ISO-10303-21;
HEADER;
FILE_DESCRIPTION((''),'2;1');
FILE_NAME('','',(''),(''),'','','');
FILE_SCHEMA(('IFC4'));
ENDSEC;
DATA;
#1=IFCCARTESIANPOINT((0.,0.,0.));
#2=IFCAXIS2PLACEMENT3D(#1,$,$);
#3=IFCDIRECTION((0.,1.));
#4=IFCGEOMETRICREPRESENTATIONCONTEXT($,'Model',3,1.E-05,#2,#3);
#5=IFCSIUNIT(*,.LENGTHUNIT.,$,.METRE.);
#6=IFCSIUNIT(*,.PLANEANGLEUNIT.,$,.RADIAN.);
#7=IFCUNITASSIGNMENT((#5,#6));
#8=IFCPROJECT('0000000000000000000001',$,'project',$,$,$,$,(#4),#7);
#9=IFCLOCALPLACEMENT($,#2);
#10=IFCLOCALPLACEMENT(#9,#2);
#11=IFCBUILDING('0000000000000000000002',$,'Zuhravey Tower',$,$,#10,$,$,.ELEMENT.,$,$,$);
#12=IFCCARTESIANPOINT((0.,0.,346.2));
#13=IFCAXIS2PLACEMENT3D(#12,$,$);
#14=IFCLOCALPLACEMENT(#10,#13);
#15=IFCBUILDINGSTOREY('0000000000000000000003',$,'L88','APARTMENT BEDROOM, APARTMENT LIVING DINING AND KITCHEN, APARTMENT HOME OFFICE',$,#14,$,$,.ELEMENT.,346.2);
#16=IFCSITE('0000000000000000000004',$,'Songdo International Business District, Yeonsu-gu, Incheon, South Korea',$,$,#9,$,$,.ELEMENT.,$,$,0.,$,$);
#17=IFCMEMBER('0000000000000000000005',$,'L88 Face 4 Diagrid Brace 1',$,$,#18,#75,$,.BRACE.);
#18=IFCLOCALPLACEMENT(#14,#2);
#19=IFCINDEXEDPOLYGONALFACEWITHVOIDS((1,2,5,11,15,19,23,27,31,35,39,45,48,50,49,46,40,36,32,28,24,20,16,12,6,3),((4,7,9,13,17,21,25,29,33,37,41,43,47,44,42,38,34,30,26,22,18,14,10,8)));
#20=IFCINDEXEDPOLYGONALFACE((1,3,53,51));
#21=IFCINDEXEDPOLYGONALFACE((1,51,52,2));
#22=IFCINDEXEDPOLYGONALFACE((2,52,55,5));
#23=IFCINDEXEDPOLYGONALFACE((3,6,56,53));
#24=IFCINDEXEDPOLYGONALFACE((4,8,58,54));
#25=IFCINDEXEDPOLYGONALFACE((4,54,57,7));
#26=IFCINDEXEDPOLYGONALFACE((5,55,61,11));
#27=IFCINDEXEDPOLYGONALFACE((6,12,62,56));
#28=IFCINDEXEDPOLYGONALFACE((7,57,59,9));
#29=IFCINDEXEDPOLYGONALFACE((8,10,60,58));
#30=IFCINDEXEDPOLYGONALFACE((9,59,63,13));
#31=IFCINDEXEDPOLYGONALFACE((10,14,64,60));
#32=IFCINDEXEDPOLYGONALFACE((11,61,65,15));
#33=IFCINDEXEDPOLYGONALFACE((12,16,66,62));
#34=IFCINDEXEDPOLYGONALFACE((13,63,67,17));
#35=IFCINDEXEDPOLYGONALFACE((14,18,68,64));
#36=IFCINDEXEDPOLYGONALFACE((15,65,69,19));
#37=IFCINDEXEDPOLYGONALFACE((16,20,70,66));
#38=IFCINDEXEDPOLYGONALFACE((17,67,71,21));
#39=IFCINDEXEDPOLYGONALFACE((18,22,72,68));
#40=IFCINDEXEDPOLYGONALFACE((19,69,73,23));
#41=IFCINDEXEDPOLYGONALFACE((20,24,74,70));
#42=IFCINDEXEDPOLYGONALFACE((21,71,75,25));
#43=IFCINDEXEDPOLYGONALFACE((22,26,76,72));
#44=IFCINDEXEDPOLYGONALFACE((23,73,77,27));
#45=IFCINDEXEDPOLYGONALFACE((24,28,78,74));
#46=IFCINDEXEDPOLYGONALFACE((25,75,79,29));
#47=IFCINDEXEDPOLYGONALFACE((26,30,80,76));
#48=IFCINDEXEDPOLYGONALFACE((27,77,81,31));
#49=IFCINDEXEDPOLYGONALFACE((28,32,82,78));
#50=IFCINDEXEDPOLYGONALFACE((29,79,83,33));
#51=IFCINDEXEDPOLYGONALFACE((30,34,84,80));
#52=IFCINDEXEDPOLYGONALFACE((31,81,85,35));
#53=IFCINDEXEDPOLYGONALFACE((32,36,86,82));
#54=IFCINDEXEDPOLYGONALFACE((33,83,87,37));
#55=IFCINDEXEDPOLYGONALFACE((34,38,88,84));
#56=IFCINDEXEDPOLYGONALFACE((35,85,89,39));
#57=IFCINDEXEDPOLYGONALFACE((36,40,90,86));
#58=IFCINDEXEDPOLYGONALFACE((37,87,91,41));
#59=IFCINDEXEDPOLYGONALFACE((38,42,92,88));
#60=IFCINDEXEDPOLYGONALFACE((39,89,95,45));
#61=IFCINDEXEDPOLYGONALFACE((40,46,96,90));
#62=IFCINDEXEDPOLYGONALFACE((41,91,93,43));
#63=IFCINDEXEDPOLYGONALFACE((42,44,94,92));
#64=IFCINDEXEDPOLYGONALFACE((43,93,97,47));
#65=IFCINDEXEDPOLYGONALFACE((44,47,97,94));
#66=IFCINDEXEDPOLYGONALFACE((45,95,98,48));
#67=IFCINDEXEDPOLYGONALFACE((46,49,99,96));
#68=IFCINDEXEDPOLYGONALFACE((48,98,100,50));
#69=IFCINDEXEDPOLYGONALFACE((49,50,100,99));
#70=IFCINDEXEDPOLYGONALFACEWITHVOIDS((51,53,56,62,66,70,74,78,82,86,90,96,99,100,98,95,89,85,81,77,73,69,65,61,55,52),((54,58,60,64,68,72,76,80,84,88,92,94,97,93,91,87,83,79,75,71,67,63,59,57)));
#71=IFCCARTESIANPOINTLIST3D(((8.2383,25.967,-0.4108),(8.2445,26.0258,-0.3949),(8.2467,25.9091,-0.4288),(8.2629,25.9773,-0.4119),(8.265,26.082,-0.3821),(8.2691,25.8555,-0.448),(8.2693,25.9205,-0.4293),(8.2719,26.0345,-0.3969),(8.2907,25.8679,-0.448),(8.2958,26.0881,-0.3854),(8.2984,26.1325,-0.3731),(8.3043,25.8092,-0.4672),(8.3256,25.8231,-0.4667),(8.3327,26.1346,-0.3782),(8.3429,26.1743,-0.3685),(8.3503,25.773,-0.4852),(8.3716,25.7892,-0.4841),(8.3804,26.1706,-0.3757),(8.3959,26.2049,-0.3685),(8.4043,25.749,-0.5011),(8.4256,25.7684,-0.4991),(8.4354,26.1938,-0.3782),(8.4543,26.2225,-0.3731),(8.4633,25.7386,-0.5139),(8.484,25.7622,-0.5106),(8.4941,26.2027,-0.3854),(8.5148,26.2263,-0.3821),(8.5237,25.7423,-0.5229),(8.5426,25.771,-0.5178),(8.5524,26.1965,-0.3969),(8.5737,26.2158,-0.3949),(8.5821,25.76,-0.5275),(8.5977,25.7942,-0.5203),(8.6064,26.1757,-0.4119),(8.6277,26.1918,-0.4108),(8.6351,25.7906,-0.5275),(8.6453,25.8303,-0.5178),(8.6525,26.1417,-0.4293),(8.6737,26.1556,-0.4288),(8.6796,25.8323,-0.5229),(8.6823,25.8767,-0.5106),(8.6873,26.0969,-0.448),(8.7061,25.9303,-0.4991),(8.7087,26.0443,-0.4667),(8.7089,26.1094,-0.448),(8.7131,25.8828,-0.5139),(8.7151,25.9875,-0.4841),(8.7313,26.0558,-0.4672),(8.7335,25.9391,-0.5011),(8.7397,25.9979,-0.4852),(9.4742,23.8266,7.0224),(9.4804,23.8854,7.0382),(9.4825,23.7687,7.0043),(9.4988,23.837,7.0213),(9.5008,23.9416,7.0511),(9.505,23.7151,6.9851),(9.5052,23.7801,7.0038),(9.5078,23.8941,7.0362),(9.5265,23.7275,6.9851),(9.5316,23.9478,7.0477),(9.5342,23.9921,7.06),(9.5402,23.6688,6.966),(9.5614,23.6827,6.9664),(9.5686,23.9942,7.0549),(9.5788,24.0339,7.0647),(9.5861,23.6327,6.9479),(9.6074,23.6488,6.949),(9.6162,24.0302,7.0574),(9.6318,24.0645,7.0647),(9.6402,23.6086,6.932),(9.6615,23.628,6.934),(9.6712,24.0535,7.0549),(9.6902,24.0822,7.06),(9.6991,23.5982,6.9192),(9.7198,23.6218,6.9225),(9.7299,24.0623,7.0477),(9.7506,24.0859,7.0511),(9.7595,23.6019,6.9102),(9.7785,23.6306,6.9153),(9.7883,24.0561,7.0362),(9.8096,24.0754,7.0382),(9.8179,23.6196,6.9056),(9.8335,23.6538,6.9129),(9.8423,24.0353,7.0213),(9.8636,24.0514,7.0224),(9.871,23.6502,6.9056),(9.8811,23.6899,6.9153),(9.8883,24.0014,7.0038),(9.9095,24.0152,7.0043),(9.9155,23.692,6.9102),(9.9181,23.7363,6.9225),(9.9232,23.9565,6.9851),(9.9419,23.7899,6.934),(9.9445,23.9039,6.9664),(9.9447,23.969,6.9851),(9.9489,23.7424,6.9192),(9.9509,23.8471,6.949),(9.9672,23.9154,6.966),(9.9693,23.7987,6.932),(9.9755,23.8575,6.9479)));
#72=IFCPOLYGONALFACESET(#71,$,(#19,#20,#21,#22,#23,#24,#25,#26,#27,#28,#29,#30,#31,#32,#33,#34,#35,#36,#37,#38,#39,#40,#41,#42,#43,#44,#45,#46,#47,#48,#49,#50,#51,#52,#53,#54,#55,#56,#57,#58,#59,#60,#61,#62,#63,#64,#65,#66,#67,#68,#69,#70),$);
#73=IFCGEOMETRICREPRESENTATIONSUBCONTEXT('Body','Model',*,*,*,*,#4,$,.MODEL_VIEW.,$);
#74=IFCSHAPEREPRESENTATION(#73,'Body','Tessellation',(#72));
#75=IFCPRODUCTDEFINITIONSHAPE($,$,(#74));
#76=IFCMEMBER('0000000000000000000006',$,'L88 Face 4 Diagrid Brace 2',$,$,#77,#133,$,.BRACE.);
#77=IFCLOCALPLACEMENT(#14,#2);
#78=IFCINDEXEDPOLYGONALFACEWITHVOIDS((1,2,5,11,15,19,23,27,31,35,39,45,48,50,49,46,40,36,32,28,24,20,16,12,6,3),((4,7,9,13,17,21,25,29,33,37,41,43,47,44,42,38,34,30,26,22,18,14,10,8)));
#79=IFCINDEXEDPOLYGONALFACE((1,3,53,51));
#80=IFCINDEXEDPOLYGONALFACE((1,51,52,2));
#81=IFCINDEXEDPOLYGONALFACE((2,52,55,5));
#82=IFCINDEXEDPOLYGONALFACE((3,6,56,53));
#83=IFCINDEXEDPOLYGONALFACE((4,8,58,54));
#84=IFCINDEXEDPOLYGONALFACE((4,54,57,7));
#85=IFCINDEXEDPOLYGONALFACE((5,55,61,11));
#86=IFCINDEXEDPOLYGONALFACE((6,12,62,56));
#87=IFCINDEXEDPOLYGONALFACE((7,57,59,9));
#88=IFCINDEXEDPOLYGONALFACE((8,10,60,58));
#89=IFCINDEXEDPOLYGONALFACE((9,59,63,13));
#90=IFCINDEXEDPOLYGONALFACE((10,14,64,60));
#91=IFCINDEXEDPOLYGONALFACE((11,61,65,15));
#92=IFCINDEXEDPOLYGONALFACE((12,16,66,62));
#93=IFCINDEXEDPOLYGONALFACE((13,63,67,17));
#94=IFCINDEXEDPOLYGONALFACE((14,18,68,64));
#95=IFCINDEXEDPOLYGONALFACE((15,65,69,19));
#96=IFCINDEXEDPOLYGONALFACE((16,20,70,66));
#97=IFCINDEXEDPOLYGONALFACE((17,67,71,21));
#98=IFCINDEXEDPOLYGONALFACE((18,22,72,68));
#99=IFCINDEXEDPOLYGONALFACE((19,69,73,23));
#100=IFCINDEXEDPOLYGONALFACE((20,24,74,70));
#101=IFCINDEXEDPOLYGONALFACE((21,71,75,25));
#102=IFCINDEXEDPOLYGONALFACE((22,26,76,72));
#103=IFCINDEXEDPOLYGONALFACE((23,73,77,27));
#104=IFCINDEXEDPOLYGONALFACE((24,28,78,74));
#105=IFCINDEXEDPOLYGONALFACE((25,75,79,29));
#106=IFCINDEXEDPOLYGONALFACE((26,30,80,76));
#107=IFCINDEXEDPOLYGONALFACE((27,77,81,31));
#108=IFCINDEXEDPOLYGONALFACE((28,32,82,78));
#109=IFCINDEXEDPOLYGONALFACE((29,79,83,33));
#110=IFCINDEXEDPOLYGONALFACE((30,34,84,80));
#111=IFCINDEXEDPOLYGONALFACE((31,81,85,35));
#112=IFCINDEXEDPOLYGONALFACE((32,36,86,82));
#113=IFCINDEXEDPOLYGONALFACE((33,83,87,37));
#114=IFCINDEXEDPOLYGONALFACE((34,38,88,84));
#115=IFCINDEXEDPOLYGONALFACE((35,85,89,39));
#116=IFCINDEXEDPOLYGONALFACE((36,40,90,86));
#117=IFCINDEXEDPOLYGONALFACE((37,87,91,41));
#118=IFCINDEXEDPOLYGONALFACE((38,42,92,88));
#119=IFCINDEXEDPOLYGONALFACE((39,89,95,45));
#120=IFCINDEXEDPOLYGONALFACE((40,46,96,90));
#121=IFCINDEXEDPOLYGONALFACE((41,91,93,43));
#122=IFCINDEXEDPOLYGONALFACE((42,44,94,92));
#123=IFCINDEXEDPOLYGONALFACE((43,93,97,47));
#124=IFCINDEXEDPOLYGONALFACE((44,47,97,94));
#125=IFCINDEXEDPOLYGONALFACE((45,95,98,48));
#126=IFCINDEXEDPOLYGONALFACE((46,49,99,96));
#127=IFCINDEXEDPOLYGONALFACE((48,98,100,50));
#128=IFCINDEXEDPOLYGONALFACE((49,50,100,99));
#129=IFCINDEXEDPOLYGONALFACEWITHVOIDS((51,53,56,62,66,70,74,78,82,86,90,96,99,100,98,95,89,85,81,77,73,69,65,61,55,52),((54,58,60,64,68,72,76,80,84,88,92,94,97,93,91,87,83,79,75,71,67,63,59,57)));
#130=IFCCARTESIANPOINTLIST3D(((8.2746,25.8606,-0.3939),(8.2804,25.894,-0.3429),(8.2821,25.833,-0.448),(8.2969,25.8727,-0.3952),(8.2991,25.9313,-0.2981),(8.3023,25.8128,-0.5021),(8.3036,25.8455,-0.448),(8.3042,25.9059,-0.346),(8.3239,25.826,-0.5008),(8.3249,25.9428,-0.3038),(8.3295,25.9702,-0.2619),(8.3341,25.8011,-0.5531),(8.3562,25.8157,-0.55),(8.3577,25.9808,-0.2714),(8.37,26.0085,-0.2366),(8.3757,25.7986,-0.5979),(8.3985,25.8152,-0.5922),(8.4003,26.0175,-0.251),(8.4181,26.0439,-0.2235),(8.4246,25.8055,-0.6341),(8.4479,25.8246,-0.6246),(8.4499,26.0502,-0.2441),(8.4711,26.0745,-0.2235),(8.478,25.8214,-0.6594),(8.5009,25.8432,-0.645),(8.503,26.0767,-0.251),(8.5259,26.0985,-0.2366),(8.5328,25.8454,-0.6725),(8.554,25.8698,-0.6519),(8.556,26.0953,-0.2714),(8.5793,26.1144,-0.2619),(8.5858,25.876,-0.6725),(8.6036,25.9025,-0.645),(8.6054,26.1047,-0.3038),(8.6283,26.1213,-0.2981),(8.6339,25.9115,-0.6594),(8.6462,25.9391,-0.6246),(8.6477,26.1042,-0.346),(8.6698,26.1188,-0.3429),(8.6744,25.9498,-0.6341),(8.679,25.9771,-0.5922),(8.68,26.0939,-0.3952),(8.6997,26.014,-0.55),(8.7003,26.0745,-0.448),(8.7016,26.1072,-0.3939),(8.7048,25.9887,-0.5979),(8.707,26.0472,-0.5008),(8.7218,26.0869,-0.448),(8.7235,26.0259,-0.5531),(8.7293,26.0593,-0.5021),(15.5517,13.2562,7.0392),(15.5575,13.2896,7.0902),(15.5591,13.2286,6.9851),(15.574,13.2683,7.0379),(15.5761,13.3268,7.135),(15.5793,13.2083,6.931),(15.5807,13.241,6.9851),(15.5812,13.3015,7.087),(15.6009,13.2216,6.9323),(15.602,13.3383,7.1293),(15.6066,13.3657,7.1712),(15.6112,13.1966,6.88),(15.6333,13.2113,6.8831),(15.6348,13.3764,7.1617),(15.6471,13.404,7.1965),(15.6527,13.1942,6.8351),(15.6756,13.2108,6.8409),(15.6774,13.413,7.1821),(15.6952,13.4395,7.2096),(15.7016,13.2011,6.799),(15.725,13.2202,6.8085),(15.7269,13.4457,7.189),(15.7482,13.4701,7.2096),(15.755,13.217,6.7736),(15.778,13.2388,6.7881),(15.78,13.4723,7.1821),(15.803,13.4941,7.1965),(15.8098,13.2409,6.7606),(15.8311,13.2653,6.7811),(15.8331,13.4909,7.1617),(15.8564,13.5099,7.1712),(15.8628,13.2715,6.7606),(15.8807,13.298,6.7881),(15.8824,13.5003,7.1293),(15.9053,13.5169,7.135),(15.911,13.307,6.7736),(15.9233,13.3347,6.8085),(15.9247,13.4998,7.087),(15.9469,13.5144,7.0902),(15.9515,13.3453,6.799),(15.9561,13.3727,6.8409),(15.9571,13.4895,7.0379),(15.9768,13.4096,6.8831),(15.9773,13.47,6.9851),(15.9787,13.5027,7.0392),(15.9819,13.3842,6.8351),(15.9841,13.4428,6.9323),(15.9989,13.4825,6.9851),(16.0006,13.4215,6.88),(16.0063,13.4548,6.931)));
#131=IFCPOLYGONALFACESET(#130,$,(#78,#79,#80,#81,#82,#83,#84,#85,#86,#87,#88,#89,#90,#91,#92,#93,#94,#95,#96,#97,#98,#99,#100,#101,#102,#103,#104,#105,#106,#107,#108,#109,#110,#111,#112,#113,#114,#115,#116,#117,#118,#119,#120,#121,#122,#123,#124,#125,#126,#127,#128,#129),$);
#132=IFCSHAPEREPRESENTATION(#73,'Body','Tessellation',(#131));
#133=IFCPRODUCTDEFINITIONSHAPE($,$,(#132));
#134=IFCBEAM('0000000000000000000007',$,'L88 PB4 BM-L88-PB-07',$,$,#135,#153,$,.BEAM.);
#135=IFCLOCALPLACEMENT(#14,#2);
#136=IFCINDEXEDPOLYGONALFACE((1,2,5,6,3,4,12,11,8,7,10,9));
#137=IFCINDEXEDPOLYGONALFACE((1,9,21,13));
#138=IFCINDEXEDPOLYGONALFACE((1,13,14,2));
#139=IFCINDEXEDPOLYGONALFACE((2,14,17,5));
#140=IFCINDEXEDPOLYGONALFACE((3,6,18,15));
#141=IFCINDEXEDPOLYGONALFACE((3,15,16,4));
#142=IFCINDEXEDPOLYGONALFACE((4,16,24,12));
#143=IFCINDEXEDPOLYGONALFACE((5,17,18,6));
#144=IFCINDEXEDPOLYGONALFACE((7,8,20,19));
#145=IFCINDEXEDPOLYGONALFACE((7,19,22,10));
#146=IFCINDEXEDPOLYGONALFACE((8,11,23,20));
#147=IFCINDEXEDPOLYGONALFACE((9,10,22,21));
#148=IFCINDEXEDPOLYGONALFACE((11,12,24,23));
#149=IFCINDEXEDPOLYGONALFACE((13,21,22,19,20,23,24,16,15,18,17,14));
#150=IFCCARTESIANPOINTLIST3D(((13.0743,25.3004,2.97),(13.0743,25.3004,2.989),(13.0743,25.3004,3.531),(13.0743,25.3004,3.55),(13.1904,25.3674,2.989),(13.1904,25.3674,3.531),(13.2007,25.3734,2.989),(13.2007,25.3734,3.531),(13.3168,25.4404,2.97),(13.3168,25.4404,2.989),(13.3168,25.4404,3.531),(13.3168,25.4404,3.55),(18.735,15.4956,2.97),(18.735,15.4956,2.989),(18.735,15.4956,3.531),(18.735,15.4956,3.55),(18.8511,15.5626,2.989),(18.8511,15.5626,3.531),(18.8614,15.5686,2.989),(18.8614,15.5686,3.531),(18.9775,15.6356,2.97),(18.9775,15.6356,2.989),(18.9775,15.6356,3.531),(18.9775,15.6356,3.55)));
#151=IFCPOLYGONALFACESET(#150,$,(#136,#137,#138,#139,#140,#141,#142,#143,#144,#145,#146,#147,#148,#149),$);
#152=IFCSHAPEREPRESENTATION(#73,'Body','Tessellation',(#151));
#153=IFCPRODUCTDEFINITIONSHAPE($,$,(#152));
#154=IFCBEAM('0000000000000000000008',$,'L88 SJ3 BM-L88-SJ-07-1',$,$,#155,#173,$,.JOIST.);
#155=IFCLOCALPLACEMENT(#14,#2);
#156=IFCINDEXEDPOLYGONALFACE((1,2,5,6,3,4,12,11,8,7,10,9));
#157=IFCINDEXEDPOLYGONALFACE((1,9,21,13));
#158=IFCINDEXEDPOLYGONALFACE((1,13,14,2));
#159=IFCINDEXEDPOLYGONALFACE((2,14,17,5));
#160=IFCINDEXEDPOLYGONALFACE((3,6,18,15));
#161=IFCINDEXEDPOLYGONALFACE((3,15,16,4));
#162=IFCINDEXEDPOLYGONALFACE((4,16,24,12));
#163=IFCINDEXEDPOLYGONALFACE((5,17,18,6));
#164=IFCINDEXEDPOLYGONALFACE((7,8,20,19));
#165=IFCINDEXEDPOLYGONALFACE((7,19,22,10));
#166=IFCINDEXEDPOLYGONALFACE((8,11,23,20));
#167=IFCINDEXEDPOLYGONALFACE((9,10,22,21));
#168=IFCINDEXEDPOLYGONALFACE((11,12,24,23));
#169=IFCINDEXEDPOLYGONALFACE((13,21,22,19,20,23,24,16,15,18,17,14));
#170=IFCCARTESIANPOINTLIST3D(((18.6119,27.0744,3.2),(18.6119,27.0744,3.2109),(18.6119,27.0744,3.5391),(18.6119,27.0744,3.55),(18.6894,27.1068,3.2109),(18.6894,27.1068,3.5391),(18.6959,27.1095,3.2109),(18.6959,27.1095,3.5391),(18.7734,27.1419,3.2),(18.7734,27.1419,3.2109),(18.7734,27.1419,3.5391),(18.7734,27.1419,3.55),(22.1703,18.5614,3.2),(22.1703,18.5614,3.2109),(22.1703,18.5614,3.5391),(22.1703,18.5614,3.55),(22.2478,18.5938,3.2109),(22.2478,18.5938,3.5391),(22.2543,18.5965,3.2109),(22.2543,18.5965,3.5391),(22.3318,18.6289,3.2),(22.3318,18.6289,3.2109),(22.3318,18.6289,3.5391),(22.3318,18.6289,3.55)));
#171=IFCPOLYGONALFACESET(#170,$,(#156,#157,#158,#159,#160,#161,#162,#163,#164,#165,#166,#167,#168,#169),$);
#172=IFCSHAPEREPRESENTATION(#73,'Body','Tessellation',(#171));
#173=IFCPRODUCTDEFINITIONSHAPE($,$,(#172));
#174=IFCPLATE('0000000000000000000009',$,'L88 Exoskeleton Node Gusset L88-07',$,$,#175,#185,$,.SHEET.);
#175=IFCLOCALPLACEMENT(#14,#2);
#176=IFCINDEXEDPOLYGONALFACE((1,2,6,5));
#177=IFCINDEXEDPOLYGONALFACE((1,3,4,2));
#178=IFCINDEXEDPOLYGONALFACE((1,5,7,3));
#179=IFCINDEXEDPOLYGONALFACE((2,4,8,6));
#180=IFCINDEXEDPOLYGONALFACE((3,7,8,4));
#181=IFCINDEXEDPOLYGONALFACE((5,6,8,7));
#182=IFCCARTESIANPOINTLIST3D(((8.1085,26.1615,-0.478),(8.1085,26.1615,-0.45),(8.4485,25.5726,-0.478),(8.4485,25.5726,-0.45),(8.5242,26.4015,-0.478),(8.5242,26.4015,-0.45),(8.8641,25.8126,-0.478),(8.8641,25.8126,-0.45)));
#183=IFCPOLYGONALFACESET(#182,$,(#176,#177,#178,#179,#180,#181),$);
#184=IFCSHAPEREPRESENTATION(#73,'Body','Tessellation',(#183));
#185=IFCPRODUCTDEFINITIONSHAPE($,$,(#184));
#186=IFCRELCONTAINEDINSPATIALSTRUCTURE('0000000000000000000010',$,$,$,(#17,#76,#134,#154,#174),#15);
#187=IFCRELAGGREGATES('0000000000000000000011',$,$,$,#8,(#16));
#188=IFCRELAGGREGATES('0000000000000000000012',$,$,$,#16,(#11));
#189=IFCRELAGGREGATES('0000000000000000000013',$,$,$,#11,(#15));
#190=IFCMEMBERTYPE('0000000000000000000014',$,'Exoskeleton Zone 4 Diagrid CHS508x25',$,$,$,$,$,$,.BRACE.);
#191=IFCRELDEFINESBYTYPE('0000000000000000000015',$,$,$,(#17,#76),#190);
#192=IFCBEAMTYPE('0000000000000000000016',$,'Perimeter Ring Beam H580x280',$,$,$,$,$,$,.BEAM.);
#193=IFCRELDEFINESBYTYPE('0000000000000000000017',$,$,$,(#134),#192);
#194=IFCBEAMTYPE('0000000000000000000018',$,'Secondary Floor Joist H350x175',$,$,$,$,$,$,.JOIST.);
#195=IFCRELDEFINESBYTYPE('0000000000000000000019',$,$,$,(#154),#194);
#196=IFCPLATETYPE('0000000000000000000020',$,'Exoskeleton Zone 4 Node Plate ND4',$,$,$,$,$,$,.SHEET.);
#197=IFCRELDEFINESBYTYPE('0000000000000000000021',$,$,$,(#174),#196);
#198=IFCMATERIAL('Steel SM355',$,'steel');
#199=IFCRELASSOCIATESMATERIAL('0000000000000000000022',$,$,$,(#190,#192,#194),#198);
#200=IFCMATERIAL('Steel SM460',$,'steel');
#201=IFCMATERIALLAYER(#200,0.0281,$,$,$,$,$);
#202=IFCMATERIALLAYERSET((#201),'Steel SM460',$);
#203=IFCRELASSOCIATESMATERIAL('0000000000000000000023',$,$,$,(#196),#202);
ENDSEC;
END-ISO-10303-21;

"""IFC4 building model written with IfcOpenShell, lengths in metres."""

from ifc_helpers import new_model, si_unit, direction, frame, origin, origin_2d, place, context, subcontext, project, spatial, rectangle, hollow_circle, i_section, extrude, material, layer, layer_set, material_profile, profile_set, type_object, element, save


model = new_model("IFC4")

# Units and contexts
model_context = context("Model", 3, precision=1e-05, world=origin(), true_north=direction((0.0, 1.0)))
body_context = subcontext(model_context, "Body", "Model", "MODEL_VIEW")
ifc_project = project(units=[si_unit("LENGTHUNIT", "METRE"), si_unit("PLANEANGLEUNIT", "RADIAN")], contexts=[model_context])

# Site, building, storey
site_placement = place(None, origin())
site = spatial("IfcSite", under=ifc_project, at=site_placement, Name="Songdo International Business District, Yeonsu-gu, Incheon, South Korea", CompositionType="ELEMENT", RefElevation=0.0)
building_placement = place(site_placement, origin())
building = spatial("IfcBuilding", under=site, at=building_placement, Name="Zuhravey Tower", CompositionType="ELEMENT")
storey_placement = place(building_placement, frame((0.0, 0.0, 346.2)))
storey = spatial("IfcBuildingStorey", under=building, at=storey_placement, Name="L88", Description="APARTMENT BEDROOM, APARTMENT LIVING DINING AND KITCHEN, APARTMENT HOME OFFICE", CompositionType="ELEMENT", Elevation=346.2)

# Members
ifc_material_1 = material(Name="Steel SM355", Category="steel")
ifc_material_profile_1 = material_profile(ifc_material_1, hollow_circle(Radius=0.2539, WallThickness=0.0249, at=origin_2d()), Name="CHS-508.0x25")
ifc_profile_set_1 = profile_set([ifc_material_profile_1], Name="Steel SM355")
member_type_1 = type_object("IfcMemberType", Name="Exoskeleton Zone 4 Diagrid CHS508x25", PredefinedType="BRACE", material=ifc_profile_set_1)
member_1_placement = place(storey_placement, frame((8.489, 25.9824, -0.448), z_axis=(0.157769, -0.273244, 0.948919), x_axis=(0.86601, 0.500027, 0.0)))
element("IfcMember", 1, at=member_1_placement, inside=storey, type_object=member_type_1, Name="L88 Face 4 Diagrid Brace 1", PredefinedType="BRACE", context=body_context, shape_type="SweptSolid", body=[
    extrude(hollow_circle(Radius=0.2539, WallThickness=0.0249, at=origin_2d()), origin(), (0.0, 0.0, 1.0), 7.8333),
])
member_2_placement = place(storey_placement, frame((8.502, 25.96, -0.448), z_axis=(0.445284, -0.771266, 0.45483), x_axis=(0.866029, 0.499994, 0.0)))
element("IfcMember", 2, at=member_2_placement, inside=storey, type_object=member_type_1, Name="L88 Face 4 Diagrid Brace 2", PredefinedType="BRACE", context=body_context, shape_type="SweptSolid", body=[
    extrude(hollow_circle(Radius=0.2539, WallThickness=0.0249, at=origin_2d()), origin(), (0.0, 0.0, 1.0), 16.3425),
])

# Beams
ifc_material_profile_2 = material_profile(ifc_material_1, i_section(OverallWidth=0.28, OverallDepth=0.5801, WebThickness=0.012, FlangeThickness=0.019, at=origin_2d()), Name="H-580x280x12x19")
ifc_profile_set_2 = profile_set([ifc_material_profile_2], Name="Steel SM355")
beam_type_1 = type_object("IfcBeamType", Name="Perimeter Ring Beam H580x280", PredefinedType="BEAM", material=ifc_profile_set_2)
beam_1_placement = place(storey_placement, frame((13.1956, 25.3704, 3.26), z_axis=(0.499994, -0.866029, 0.0), x_axis=(0.866029, 0.499994, 0.0)))
element("IfcBeam", 3, at=beam_1_placement, inside=storey, type_object=beam_type_1, Name="L88 PB4 BM-L88-PB-07", PredefinedType="BEAM", context=body_context, shape_type="SweptSolid", body=[
    extrude(i_section(OverallWidth=0.28, OverallDepth=0.5801, WebThickness=0.012, FlangeThickness=0.019, at=origin_2d()), origin(), (0.0, 0.0, 1.0), 11.3215),
])
ifc_material_profile_3 = material_profile(ifc_material_1, i_section(OverallWidth=0.175, OverallDepth=0.3501, WebThickness=0.0071, FlangeThickness=0.011, at=origin_2d()), Name="H-350x175x7x11")
ifc_profile_set_3 = profile_set([ifc_material_profile_3], Name="Steel SM355")
beam_type_2 = type_object("IfcBeamType", Name="Secondary Floor Joist H350x175", PredefinedType="JOIST", material=ifc_profile_set_3)
beam_2_placement = place(storey_placement, frame((18.6926, 27.1082, 3.375), z_axis=(0.385658, -0.922642, 0.0), x_axis=(0.922642, 0.385658, 0.0)))
element("IfcBeam", 4, at=beam_2_placement, inside=storey, type_object=beam_type_2, Name="L88 SJ3 BM-L88-SJ-07-1", PredefinedType="JOIST", context=body_context, shape_type="SweptSolid", body=[
    extrude(i_section(OverallWidth=0.175, OverallDepth=0.3501, WebThickness=0.0071, FlangeThickness=0.011, at=origin_2d()), origin(), (0.0, 0.0, 1.0), 9.2268),
])

# Plate
ifc_material_2 = material(Name="Steel SM460", Category="steel")
ifc_layer_1 = layer(ifc_material_2, 0.0281)
ifc_layer_set_1 = layer_set([ifc_layer_1], Name="Steel SM460")
plate_type_1 = type_object("IfcPlateType", Name="Exoskeleton Zone 4 Node Plate ND4", PredefinedType="SHEET", material=ifc_layer_set_1)
plate_1_placement = place(storey_placement, frame((8.4863, 25.9871, -0.478), z_axis=(0.0, 0.0, 1.0), x_axis=(0.5, -0.866025, 0.0)))
element("IfcPlate", 5, at=plate_1_placement, inside=storey, type_object=plate_type_1, Name="L88 Exoskeleton Node Gusset L88-07", PredefinedType="SHEET", context=body_context, shape_type="SweptSolid", body=[
    extrude(rectangle(XDim=0.6799, YDim=0.48, at=origin_2d()), origin(), (0.0, 0.0, 1.0), 0.0281),
])

save(model, "model.ifc")
